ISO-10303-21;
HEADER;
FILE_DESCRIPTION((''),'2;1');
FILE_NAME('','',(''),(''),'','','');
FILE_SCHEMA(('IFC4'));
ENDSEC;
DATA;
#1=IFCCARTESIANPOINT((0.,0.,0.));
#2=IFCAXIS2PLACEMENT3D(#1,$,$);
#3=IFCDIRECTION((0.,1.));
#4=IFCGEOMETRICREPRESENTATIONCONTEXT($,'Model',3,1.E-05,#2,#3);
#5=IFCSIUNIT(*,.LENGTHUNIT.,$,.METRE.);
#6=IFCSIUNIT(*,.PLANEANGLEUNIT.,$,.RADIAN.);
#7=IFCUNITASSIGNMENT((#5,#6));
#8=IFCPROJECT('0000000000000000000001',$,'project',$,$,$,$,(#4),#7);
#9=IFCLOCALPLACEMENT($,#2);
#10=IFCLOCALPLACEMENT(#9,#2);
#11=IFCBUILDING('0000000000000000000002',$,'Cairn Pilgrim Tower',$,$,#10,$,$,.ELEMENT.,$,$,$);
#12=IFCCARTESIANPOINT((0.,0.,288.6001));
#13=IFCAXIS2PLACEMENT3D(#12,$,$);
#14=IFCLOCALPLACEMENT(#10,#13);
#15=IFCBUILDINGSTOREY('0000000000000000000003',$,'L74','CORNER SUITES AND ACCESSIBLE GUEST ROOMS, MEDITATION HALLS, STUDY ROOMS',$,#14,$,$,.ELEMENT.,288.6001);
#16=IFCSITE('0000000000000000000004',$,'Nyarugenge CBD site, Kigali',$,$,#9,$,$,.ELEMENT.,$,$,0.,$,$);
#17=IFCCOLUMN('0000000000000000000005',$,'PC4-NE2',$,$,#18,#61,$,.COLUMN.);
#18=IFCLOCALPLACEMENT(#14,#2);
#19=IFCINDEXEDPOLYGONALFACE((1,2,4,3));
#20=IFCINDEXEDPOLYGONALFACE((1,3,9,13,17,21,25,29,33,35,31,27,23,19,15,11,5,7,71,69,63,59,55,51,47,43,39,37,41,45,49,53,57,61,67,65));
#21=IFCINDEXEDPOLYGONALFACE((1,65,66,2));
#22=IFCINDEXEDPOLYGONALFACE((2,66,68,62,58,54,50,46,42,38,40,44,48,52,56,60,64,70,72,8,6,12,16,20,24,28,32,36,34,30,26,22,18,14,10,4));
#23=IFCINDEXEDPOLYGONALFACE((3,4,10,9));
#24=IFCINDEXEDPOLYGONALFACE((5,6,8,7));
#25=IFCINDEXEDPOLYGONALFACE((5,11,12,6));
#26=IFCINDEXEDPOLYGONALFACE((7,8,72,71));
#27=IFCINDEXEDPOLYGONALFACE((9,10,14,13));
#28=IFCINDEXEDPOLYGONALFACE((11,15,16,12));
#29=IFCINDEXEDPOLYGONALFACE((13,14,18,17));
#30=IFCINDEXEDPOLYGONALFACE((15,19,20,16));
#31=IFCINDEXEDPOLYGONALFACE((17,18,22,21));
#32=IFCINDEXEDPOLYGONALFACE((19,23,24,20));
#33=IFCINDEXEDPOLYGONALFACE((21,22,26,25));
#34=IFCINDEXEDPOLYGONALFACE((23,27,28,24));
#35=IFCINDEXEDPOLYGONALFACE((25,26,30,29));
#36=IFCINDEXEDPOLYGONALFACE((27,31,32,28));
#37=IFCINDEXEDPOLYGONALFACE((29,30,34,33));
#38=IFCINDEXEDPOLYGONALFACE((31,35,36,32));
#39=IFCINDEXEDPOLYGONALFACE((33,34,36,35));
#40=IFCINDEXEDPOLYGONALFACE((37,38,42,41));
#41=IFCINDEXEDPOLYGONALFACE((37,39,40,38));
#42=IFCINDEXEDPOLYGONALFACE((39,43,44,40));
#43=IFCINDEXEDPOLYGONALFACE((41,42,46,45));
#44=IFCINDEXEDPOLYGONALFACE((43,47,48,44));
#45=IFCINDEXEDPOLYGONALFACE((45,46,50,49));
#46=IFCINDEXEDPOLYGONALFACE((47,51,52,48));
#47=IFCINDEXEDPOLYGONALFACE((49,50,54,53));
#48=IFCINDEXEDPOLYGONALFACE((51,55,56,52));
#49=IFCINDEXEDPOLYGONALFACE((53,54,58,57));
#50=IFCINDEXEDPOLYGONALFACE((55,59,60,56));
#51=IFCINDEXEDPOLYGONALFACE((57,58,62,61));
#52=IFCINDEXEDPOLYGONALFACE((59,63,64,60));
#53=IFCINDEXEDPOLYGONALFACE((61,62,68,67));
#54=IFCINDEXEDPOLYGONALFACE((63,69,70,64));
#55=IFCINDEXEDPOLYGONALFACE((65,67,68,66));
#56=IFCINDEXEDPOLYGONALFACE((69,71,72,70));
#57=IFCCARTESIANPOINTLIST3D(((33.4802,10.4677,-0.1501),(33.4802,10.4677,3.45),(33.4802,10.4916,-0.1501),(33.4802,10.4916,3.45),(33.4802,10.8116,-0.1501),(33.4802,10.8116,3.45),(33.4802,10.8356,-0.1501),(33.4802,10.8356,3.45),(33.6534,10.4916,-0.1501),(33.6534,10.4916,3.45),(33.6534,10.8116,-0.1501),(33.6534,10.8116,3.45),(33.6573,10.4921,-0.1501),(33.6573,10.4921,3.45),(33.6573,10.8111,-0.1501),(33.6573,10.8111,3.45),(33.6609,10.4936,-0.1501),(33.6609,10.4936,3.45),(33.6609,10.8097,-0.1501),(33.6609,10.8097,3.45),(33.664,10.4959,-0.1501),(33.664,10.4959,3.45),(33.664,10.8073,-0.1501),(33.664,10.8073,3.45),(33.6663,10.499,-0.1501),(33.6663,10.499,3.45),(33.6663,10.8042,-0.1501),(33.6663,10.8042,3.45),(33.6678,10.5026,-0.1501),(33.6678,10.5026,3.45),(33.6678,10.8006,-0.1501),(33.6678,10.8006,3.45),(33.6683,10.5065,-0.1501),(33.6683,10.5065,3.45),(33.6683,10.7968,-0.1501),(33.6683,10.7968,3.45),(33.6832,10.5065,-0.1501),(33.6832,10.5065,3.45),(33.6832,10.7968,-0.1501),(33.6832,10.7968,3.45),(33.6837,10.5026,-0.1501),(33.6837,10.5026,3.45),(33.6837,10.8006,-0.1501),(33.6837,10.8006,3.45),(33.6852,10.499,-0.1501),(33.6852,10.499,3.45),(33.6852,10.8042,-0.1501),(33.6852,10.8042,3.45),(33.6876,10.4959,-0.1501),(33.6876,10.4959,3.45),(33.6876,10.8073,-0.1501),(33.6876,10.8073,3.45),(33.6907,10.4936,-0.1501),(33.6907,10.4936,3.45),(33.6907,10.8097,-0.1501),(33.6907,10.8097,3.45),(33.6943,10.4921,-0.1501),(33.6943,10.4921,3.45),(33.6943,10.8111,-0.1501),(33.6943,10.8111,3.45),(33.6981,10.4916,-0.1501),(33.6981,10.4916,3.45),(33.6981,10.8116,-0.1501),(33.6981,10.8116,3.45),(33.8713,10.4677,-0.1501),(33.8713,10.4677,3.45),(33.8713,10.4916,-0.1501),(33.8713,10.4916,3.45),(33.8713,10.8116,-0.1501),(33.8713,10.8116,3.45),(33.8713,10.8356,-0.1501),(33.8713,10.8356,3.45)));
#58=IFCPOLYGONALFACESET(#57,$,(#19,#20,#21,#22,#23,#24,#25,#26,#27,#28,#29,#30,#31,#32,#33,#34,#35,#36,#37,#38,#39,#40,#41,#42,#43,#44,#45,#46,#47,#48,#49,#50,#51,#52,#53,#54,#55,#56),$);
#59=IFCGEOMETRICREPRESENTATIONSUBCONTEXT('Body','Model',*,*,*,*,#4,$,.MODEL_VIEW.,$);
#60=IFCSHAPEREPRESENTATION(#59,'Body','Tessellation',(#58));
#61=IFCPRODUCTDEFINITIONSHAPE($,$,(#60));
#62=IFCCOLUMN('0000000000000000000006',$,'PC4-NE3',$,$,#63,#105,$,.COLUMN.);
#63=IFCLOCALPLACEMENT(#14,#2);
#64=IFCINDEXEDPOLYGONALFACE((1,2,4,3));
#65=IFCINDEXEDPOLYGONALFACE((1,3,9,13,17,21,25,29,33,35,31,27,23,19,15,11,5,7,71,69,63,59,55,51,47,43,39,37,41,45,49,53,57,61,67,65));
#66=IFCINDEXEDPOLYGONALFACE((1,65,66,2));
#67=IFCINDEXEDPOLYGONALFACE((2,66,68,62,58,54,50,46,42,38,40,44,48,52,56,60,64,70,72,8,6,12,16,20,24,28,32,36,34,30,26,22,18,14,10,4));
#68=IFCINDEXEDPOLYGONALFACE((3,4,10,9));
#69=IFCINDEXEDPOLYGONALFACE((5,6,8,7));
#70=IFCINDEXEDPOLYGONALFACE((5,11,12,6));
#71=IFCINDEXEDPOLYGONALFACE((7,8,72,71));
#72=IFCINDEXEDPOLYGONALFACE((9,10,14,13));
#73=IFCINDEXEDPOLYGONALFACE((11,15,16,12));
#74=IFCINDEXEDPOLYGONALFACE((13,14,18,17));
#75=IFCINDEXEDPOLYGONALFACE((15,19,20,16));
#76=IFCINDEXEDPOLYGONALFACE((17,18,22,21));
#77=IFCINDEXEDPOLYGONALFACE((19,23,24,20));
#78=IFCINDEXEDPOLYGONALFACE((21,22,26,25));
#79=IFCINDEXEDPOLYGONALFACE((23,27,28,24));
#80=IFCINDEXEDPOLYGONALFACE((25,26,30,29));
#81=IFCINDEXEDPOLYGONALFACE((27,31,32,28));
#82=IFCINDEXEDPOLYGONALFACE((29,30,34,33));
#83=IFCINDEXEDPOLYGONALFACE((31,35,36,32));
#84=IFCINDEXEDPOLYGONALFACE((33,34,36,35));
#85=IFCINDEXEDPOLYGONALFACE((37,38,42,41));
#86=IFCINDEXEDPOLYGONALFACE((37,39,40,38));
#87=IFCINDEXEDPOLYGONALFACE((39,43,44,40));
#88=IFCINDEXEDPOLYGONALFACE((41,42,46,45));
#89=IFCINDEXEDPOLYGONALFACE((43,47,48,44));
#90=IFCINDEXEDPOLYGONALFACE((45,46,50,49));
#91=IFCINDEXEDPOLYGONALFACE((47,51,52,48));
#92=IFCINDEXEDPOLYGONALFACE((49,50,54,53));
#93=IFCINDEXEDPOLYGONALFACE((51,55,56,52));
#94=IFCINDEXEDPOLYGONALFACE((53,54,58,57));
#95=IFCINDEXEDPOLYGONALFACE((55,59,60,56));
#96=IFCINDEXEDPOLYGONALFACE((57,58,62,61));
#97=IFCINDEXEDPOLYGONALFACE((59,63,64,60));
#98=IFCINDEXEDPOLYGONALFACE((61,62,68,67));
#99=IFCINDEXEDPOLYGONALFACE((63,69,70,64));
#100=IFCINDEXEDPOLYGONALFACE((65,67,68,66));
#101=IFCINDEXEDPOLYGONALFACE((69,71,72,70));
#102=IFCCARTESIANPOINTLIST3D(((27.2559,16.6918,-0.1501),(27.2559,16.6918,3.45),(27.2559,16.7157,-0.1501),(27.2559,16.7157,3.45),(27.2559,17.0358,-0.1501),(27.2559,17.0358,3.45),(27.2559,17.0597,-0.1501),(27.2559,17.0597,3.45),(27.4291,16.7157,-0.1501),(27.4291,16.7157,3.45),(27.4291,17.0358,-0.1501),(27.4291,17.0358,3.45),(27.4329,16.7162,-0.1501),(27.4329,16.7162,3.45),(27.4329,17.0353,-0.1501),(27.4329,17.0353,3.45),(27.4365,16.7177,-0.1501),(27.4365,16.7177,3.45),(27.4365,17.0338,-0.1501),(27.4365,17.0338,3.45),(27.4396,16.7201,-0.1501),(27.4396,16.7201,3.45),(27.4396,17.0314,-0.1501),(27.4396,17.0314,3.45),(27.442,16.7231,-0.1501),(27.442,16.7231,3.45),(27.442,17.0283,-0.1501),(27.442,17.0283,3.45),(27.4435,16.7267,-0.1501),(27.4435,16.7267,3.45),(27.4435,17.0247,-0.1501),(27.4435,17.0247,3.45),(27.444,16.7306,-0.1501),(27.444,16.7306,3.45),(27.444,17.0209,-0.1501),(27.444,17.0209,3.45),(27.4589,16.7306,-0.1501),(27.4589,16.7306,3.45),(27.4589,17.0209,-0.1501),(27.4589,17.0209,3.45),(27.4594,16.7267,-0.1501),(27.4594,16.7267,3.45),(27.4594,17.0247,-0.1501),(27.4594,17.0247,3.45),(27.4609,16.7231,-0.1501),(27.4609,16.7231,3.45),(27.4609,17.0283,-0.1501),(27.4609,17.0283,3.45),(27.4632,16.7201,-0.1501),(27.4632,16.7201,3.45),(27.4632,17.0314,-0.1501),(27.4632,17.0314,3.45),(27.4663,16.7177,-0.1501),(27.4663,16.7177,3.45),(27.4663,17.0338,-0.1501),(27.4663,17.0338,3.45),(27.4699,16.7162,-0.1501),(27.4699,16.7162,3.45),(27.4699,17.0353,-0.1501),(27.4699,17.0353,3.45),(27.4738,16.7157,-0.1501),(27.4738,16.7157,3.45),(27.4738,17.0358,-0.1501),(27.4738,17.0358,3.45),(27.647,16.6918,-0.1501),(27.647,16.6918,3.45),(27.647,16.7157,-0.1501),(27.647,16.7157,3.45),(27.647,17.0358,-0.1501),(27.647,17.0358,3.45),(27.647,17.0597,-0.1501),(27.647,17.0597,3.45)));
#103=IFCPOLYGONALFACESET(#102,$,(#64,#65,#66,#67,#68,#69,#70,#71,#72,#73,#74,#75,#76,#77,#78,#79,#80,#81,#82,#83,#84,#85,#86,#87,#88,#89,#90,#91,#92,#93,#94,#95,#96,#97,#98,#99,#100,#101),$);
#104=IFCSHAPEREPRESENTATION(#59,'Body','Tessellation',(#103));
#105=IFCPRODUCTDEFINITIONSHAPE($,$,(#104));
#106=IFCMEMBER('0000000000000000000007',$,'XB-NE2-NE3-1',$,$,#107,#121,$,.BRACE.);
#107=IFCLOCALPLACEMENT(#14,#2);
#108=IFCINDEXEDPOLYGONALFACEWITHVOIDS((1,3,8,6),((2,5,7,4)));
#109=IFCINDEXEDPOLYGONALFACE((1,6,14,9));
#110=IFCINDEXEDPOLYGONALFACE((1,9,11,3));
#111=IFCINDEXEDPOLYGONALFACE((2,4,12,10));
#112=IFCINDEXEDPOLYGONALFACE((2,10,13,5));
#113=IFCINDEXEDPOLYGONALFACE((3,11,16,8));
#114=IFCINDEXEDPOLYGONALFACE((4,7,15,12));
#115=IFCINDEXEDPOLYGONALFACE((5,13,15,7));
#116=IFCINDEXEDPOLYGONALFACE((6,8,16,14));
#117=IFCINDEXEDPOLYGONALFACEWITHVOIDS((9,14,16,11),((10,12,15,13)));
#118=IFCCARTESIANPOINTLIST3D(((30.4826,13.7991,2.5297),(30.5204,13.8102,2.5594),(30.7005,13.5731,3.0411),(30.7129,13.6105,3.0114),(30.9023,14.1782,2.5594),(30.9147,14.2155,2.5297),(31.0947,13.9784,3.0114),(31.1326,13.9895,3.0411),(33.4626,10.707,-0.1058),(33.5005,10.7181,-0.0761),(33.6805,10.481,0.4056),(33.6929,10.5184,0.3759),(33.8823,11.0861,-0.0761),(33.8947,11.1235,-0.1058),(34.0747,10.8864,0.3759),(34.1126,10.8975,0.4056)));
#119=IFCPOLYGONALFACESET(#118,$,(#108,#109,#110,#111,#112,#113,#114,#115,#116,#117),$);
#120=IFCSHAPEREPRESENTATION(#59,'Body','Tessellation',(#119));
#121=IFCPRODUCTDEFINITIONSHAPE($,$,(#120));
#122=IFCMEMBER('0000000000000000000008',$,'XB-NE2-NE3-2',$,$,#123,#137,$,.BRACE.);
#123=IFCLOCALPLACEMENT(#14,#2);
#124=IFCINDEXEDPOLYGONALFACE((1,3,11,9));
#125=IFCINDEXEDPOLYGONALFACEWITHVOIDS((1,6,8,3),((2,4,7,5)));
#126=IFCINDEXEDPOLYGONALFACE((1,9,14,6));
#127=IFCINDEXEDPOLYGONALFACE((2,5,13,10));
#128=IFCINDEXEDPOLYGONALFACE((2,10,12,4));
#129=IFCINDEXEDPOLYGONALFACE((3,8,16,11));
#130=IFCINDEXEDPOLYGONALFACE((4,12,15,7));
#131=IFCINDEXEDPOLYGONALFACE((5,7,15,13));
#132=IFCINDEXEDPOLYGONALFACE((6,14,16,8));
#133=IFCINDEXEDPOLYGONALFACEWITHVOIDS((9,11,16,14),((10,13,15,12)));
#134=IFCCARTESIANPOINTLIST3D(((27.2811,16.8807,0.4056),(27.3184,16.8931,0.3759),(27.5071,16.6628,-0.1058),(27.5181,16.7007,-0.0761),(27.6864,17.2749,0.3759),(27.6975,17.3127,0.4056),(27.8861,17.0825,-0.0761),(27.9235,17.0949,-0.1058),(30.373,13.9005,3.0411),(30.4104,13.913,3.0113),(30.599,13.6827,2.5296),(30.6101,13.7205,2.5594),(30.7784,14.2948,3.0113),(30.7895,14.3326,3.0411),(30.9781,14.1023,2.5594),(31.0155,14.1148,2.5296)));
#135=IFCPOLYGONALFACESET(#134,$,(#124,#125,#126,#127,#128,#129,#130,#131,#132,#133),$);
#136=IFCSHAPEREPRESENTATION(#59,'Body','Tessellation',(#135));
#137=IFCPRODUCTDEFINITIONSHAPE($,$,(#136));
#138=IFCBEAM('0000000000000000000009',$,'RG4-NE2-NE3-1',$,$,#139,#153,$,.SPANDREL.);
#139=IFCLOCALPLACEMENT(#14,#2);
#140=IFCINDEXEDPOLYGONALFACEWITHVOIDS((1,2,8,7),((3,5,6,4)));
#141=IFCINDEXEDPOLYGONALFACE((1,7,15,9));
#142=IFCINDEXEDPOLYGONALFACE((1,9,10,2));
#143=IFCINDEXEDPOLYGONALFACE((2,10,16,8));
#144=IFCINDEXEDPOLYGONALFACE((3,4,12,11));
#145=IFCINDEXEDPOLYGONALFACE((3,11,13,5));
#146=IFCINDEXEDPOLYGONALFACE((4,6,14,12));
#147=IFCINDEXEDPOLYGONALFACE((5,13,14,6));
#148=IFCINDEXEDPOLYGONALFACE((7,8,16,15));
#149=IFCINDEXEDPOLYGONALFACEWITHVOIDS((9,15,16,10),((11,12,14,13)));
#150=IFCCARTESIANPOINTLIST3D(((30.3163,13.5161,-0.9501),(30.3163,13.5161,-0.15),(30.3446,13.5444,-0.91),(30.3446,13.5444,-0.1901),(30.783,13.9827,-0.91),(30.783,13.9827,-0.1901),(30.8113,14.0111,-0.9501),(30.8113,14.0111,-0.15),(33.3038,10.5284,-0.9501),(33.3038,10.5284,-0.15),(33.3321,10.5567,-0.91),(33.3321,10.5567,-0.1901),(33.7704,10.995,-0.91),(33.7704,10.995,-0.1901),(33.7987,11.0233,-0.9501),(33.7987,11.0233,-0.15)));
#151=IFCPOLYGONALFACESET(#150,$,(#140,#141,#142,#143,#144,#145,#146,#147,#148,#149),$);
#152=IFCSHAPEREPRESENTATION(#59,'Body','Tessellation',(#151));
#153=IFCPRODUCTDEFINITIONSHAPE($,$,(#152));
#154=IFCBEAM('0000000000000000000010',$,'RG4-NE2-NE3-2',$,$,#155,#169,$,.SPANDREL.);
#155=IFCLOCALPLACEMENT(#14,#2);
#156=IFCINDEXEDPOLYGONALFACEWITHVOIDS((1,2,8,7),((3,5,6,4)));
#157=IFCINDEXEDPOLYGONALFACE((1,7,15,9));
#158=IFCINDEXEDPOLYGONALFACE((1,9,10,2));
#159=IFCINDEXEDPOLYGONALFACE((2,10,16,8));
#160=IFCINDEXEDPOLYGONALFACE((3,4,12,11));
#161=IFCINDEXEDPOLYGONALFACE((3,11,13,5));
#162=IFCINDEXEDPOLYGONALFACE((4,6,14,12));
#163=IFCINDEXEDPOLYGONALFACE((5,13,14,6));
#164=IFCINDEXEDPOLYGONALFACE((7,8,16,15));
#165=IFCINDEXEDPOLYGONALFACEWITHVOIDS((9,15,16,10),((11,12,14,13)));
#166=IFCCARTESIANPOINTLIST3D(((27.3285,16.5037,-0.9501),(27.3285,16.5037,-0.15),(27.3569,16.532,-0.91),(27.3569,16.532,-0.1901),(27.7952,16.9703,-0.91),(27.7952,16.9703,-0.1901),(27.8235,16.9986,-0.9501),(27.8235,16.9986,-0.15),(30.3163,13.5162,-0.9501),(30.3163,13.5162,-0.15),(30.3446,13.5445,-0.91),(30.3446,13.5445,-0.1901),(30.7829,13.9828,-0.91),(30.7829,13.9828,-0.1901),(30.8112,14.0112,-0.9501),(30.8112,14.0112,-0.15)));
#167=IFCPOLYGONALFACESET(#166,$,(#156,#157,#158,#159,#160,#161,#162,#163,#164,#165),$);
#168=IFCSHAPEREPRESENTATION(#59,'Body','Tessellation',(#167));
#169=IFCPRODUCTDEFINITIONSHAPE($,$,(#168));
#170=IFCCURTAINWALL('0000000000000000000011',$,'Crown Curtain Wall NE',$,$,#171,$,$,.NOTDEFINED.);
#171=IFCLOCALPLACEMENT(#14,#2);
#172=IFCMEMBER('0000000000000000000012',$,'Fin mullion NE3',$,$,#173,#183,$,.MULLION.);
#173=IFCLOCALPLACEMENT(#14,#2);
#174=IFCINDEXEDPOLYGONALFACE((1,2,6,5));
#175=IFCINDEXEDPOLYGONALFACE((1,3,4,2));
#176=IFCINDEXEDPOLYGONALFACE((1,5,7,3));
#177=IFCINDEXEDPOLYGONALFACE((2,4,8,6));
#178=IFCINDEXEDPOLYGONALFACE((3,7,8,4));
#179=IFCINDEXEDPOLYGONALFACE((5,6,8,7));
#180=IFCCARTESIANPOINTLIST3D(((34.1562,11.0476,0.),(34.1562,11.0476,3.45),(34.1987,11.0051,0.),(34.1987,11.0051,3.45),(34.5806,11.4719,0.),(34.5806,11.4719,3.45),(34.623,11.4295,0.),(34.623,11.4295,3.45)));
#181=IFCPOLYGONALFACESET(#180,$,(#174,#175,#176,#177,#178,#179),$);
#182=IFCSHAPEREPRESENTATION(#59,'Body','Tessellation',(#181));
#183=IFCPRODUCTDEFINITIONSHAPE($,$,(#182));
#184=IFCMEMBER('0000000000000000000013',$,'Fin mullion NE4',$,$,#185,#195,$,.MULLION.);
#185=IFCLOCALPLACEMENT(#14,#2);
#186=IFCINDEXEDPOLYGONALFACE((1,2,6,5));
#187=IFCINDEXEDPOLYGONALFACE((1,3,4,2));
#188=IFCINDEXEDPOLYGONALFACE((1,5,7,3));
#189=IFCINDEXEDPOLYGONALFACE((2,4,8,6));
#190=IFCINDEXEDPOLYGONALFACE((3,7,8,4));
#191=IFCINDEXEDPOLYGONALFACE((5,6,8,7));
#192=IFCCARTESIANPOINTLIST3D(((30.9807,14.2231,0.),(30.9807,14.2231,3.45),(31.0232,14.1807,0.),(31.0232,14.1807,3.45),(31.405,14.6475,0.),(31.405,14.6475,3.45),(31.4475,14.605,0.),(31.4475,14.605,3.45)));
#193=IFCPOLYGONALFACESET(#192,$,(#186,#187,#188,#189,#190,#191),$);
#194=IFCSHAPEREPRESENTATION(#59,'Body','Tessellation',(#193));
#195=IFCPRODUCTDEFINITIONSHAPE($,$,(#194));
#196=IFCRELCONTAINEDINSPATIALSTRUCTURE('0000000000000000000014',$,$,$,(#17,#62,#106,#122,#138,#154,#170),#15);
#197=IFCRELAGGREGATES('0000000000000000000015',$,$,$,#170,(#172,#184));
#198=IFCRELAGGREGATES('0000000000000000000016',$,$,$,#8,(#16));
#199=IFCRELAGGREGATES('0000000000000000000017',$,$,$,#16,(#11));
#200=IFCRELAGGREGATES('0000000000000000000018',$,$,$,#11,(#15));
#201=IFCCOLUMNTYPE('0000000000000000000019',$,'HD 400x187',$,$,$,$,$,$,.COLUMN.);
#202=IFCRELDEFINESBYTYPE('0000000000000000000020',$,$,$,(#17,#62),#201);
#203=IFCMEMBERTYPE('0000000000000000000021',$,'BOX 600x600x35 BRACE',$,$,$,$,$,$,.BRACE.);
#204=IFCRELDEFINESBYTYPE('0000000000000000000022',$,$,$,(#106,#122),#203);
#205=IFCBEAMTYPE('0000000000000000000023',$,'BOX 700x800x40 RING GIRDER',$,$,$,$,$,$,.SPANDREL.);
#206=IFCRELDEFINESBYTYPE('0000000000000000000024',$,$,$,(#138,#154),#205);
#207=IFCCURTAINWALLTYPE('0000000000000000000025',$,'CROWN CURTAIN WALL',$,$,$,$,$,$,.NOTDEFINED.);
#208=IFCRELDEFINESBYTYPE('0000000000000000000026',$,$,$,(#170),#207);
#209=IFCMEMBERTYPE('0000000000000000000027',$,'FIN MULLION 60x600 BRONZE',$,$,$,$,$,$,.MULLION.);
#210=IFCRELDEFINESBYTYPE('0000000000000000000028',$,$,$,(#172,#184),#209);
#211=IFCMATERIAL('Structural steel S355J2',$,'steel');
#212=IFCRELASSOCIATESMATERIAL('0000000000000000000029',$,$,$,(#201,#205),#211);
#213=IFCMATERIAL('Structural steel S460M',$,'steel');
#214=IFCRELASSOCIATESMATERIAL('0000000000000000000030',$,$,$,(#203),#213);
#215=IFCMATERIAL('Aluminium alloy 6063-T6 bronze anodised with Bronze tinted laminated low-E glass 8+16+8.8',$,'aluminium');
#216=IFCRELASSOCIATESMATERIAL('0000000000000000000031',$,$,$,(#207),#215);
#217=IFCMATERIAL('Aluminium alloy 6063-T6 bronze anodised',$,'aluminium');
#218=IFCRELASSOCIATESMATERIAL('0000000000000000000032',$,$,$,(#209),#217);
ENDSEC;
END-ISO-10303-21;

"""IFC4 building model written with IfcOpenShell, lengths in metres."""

from ifc_helpers import new_model, si_unit, direction, frame, origin, origin_2d, place, context, subcontext, project, spatial, rectangle, hollow_rectangle, i_section, extrude, material, material_profile, profile_set, type_object, element, aggregate, save


model = new_model("IFC4")

# Units and contexts
model_context = context("Model", 3, precision=1e-05, world=origin(), true_north=direction((0.0, 1.0)))
body_context = subcontext(model_context, "Body", "Model", "MODEL_VIEW")
ifc_project = project(units=[si_unit("LENGTHUNIT", "METRE"), si_unit("PLANEANGLEUNIT", "RADIAN")], contexts=[model_context])

# Site, building, storey
site_placement = place(None, origin())
site = spatial("IfcSite", under=ifc_project, at=site_placement, Name="Nyarugenge CBD site, Kigali", CompositionType="ELEMENT", RefElevation=0.0)
building_placement = place(site_placement, origin())
building = spatial("IfcBuilding", under=site, at=building_placement, Name="Cairn Pilgrim Tower", CompositionType="ELEMENT")
storey_placement = place(building_placement, frame((0.0, 0.0, 288.6001)))
storey = spatial("IfcBuildingStorey", under=building, at=storey_placement, Name="L74", Description="CORNER SUITES AND ACCESSIBLE GUEST ROOMS, MEDITATION HALLS, STUDY ROOMS", CompositionType="ELEMENT", Elevation=288.6001)

# Columns
ifc_material_1 = material(Name="Structural steel S355J2", Category="steel")
ifc_material_profile_1 = material_profile(ifc_material_1, i_section(OverallWidth=0.3911, OverallDepth=0.3679, WebThickness=0.0149, FlangeThickness=0.0239, FilletRadius=0.0149, at=origin_2d()), Name="HD 400x187")
ifc_profile_set_1 = profile_set([ifc_material_profile_1], Name="Structural steel S355J2")
column_type = type_object("IfcColumnType", Name="HD 400x187", PredefinedType="COLUMN", material=ifc_profile_set_1)
for number, where, z_axis, x_axis, name in (
    (1, (33.6758, 10.6516, -0.1501), (0.0, 0.0, 1.0), (1.0, 0.0, 0.0), "PC4-NE2"),
    (2, (27.4514, 16.8757, -0.1501), (0.0, 0.0, 1.0), (1.0, 0.0, 0.0), "PC4-NE3"),
):
    element("IfcColumn", number, at=place(storey_placement, frame(where, z_axis=z_axis, x_axis=x_axis)), inside=storey, type_object=column_type, Name=name, PredefinedType="COLUMN", context=body_context, shape_type="SweptSolid", body=[
        extrude(i_section(OverallWidth=0.3911, OverallDepth=0.3679, WebThickness=0.0149, FlangeThickness=0.0239, FilletRadius=0.0149, at=origin_2d()), origin(), (0.0, 0.0, 1.0), 3.6001),
    ])

# Members
ifc_material_2 = material(Name="Structural steel S460M", Category="steel")
ifc_material_profile_2 = material_profile(ifc_material_2, hollow_rectangle(XDim=0.6001, YDim=0.6001, WallThickness=0.0349, at=origin_2d()), Name="BOX 600x600x35")
ifc_profile_set_2 = profile_set([ifc_material_profile_2], Name="Structural steel S460M")
member_type_1 = type_object("IfcMemberType", Name="BOX 600x600x35 BRACE", PredefinedType="BRACE", material=ifc_profile_set_2)
for number, where, z_axis, x_axis, name in (
    (3, (33.7876, 10.8022, 0.1499), (-0.591438, 0.613678, 0.523068), (-0.720034, -0.693939, 0.0), "XB-NE2-NE3-1"),
    (4, (27.6023, 16.9878, 0.1499), (0.613661, -0.591469, 0.523053), (0.693968, 0.720006, 0.0), "XB-NE2-NE3-2"),
):
    element("IfcMember", number, at=place(storey_placement, frame(where, z_axis=z_axis, x_axis=x_axis)), inside=storey, type_object=member_type_1, Name=name, PredefinedType="BRACE", context=body_context, shape_type="SweptSolid", body=[
        extrude(hollow_rectangle(XDim=0.6001, YDim=0.6001, WallThickness=0.0349, at=origin_2d()), origin(), (0.0, 0.0, 1.0), 5.0386),
    ])

# Beams
ifc_material_profile_3 = material_profile(ifc_material_1, hollow_rectangle(XDim=0.7, YDim=0.8, WallThickness=0.04, at=origin_2d()), Name="BOX 700x800x40")
ifc_profile_set_3 = profile_set([ifc_material_profile_3], Name="Structural steel S355J2")
beam_type_1 = type_object("IfcBeamType", Name="BOX 700x800x40 RING GIRDER", PredefinedType="SPANDREL", material=ifc_profile_set_3)
for number, where, z_axis, x_axis, name in (
    (5, (33.5513, 10.7759, -0.55), (-0.707078, 0.707136, 0.0), (-0.707136, -0.707078, 0.0), "RG4-NE2-NE3-1"),
    (6, (30.5637, 13.7637, -0.55), (-0.707136, 0.707078, 0.0), (-0.707078, -0.707136, 0.0), "RG4-NE2-NE3-2"),
):
    element("IfcBeam", number, at=place(storey_placement, frame(where, z_axis=z_axis, x_axis=x_axis)), inside=storey, type_object=beam_type_1, Name=name, PredefinedType="SPANDREL", context=body_context, shape_type="SweptSolid", body=[
        extrude(hollow_rectangle(XDim=0.7, YDim=0.8, WallThickness=0.04, at=origin_2d()), origin(), (0.0, 0.0, 1.0), 4.2251),
    ])

# Curtain wall, members
ifc_material_3 = material(Name="Aluminium alloy 6063-T6 bronze anodised with Bronze tinted laminated low-E glass 8+16+8.8", Category="aluminium")
curtain_wall_type = type_object("IfcCurtainWallType", Name="CROWN CURTAIN WALL", PredefinedType="NOTDEFINED", material=ifc_material_3)
curtain_wall_placement = place(storey_placement, origin())
curtain_wall = element("IfcCurtainWall", 7, at=curtain_wall_placement, inside=storey, type_object=curtain_wall_type, Name="Crown Curtain Wall NE", PredefinedType="NOTDEFINED")
ifc_material_4 = material(Name="Aluminium alloy 6063-T6 bronze anodised", Category="aluminium")
ifc_material_profile_4 = material_profile(ifc_material_4, rectangle(XDim=0.6001, YDim=0.0601, at=origin_2d()), Name="FIN MULLION 60x600 BRONZE")
ifc_profile_set_4 = profile_set([ifc_material_profile_4], Name="Aluminium alloy 6063-T6 bronze anodised")
member_type_2 = type_object("IfcMemberType", Name="FIN MULLION 60x600 BRONZE", PredefinedType="MULLION", material=ifc_profile_set_4)
member_1_placement = place(storey_placement, frame((34.3896, 11.2385, 0.0), z_axis=(0.0, 0.0, 1.0), x_axis=(0.707107, 0.707107, 0.0)))
member_1 = element("IfcMember", 8, at=member_1_placement, type_object=member_type_2, Name="Fin mullion NE3", PredefinedType="MULLION", context=body_context, shape_type="SweptSolid", body=[
    extrude(rectangle(XDim=0.6001, YDim=0.0601, at=origin_2d()), origin(), (0.0, 0.0, 1.0), 3.45),
])
member_2_placement = place(storey_placement, frame((31.2141, 14.4141, 0.0), z_axis=(0.0, 0.0, 1.0), x_axis=(0.707107, 0.707107, 0.0)))
member_2 = element("IfcMember", 9, at=member_2_placement, type_object=member_type_2, Name="Fin mullion NE4", PredefinedType="MULLION", context=body_context, shape_type="SweptSolid", body=[
    extrude(rectangle(XDim=0.6001, YDim=0.0601, at=origin_2d()), origin(), (0.0, 0.0, 1.0), 3.45),
])

aggregate(curtain_wall, [member_1, member_2])

save(model, "model.ifc")
